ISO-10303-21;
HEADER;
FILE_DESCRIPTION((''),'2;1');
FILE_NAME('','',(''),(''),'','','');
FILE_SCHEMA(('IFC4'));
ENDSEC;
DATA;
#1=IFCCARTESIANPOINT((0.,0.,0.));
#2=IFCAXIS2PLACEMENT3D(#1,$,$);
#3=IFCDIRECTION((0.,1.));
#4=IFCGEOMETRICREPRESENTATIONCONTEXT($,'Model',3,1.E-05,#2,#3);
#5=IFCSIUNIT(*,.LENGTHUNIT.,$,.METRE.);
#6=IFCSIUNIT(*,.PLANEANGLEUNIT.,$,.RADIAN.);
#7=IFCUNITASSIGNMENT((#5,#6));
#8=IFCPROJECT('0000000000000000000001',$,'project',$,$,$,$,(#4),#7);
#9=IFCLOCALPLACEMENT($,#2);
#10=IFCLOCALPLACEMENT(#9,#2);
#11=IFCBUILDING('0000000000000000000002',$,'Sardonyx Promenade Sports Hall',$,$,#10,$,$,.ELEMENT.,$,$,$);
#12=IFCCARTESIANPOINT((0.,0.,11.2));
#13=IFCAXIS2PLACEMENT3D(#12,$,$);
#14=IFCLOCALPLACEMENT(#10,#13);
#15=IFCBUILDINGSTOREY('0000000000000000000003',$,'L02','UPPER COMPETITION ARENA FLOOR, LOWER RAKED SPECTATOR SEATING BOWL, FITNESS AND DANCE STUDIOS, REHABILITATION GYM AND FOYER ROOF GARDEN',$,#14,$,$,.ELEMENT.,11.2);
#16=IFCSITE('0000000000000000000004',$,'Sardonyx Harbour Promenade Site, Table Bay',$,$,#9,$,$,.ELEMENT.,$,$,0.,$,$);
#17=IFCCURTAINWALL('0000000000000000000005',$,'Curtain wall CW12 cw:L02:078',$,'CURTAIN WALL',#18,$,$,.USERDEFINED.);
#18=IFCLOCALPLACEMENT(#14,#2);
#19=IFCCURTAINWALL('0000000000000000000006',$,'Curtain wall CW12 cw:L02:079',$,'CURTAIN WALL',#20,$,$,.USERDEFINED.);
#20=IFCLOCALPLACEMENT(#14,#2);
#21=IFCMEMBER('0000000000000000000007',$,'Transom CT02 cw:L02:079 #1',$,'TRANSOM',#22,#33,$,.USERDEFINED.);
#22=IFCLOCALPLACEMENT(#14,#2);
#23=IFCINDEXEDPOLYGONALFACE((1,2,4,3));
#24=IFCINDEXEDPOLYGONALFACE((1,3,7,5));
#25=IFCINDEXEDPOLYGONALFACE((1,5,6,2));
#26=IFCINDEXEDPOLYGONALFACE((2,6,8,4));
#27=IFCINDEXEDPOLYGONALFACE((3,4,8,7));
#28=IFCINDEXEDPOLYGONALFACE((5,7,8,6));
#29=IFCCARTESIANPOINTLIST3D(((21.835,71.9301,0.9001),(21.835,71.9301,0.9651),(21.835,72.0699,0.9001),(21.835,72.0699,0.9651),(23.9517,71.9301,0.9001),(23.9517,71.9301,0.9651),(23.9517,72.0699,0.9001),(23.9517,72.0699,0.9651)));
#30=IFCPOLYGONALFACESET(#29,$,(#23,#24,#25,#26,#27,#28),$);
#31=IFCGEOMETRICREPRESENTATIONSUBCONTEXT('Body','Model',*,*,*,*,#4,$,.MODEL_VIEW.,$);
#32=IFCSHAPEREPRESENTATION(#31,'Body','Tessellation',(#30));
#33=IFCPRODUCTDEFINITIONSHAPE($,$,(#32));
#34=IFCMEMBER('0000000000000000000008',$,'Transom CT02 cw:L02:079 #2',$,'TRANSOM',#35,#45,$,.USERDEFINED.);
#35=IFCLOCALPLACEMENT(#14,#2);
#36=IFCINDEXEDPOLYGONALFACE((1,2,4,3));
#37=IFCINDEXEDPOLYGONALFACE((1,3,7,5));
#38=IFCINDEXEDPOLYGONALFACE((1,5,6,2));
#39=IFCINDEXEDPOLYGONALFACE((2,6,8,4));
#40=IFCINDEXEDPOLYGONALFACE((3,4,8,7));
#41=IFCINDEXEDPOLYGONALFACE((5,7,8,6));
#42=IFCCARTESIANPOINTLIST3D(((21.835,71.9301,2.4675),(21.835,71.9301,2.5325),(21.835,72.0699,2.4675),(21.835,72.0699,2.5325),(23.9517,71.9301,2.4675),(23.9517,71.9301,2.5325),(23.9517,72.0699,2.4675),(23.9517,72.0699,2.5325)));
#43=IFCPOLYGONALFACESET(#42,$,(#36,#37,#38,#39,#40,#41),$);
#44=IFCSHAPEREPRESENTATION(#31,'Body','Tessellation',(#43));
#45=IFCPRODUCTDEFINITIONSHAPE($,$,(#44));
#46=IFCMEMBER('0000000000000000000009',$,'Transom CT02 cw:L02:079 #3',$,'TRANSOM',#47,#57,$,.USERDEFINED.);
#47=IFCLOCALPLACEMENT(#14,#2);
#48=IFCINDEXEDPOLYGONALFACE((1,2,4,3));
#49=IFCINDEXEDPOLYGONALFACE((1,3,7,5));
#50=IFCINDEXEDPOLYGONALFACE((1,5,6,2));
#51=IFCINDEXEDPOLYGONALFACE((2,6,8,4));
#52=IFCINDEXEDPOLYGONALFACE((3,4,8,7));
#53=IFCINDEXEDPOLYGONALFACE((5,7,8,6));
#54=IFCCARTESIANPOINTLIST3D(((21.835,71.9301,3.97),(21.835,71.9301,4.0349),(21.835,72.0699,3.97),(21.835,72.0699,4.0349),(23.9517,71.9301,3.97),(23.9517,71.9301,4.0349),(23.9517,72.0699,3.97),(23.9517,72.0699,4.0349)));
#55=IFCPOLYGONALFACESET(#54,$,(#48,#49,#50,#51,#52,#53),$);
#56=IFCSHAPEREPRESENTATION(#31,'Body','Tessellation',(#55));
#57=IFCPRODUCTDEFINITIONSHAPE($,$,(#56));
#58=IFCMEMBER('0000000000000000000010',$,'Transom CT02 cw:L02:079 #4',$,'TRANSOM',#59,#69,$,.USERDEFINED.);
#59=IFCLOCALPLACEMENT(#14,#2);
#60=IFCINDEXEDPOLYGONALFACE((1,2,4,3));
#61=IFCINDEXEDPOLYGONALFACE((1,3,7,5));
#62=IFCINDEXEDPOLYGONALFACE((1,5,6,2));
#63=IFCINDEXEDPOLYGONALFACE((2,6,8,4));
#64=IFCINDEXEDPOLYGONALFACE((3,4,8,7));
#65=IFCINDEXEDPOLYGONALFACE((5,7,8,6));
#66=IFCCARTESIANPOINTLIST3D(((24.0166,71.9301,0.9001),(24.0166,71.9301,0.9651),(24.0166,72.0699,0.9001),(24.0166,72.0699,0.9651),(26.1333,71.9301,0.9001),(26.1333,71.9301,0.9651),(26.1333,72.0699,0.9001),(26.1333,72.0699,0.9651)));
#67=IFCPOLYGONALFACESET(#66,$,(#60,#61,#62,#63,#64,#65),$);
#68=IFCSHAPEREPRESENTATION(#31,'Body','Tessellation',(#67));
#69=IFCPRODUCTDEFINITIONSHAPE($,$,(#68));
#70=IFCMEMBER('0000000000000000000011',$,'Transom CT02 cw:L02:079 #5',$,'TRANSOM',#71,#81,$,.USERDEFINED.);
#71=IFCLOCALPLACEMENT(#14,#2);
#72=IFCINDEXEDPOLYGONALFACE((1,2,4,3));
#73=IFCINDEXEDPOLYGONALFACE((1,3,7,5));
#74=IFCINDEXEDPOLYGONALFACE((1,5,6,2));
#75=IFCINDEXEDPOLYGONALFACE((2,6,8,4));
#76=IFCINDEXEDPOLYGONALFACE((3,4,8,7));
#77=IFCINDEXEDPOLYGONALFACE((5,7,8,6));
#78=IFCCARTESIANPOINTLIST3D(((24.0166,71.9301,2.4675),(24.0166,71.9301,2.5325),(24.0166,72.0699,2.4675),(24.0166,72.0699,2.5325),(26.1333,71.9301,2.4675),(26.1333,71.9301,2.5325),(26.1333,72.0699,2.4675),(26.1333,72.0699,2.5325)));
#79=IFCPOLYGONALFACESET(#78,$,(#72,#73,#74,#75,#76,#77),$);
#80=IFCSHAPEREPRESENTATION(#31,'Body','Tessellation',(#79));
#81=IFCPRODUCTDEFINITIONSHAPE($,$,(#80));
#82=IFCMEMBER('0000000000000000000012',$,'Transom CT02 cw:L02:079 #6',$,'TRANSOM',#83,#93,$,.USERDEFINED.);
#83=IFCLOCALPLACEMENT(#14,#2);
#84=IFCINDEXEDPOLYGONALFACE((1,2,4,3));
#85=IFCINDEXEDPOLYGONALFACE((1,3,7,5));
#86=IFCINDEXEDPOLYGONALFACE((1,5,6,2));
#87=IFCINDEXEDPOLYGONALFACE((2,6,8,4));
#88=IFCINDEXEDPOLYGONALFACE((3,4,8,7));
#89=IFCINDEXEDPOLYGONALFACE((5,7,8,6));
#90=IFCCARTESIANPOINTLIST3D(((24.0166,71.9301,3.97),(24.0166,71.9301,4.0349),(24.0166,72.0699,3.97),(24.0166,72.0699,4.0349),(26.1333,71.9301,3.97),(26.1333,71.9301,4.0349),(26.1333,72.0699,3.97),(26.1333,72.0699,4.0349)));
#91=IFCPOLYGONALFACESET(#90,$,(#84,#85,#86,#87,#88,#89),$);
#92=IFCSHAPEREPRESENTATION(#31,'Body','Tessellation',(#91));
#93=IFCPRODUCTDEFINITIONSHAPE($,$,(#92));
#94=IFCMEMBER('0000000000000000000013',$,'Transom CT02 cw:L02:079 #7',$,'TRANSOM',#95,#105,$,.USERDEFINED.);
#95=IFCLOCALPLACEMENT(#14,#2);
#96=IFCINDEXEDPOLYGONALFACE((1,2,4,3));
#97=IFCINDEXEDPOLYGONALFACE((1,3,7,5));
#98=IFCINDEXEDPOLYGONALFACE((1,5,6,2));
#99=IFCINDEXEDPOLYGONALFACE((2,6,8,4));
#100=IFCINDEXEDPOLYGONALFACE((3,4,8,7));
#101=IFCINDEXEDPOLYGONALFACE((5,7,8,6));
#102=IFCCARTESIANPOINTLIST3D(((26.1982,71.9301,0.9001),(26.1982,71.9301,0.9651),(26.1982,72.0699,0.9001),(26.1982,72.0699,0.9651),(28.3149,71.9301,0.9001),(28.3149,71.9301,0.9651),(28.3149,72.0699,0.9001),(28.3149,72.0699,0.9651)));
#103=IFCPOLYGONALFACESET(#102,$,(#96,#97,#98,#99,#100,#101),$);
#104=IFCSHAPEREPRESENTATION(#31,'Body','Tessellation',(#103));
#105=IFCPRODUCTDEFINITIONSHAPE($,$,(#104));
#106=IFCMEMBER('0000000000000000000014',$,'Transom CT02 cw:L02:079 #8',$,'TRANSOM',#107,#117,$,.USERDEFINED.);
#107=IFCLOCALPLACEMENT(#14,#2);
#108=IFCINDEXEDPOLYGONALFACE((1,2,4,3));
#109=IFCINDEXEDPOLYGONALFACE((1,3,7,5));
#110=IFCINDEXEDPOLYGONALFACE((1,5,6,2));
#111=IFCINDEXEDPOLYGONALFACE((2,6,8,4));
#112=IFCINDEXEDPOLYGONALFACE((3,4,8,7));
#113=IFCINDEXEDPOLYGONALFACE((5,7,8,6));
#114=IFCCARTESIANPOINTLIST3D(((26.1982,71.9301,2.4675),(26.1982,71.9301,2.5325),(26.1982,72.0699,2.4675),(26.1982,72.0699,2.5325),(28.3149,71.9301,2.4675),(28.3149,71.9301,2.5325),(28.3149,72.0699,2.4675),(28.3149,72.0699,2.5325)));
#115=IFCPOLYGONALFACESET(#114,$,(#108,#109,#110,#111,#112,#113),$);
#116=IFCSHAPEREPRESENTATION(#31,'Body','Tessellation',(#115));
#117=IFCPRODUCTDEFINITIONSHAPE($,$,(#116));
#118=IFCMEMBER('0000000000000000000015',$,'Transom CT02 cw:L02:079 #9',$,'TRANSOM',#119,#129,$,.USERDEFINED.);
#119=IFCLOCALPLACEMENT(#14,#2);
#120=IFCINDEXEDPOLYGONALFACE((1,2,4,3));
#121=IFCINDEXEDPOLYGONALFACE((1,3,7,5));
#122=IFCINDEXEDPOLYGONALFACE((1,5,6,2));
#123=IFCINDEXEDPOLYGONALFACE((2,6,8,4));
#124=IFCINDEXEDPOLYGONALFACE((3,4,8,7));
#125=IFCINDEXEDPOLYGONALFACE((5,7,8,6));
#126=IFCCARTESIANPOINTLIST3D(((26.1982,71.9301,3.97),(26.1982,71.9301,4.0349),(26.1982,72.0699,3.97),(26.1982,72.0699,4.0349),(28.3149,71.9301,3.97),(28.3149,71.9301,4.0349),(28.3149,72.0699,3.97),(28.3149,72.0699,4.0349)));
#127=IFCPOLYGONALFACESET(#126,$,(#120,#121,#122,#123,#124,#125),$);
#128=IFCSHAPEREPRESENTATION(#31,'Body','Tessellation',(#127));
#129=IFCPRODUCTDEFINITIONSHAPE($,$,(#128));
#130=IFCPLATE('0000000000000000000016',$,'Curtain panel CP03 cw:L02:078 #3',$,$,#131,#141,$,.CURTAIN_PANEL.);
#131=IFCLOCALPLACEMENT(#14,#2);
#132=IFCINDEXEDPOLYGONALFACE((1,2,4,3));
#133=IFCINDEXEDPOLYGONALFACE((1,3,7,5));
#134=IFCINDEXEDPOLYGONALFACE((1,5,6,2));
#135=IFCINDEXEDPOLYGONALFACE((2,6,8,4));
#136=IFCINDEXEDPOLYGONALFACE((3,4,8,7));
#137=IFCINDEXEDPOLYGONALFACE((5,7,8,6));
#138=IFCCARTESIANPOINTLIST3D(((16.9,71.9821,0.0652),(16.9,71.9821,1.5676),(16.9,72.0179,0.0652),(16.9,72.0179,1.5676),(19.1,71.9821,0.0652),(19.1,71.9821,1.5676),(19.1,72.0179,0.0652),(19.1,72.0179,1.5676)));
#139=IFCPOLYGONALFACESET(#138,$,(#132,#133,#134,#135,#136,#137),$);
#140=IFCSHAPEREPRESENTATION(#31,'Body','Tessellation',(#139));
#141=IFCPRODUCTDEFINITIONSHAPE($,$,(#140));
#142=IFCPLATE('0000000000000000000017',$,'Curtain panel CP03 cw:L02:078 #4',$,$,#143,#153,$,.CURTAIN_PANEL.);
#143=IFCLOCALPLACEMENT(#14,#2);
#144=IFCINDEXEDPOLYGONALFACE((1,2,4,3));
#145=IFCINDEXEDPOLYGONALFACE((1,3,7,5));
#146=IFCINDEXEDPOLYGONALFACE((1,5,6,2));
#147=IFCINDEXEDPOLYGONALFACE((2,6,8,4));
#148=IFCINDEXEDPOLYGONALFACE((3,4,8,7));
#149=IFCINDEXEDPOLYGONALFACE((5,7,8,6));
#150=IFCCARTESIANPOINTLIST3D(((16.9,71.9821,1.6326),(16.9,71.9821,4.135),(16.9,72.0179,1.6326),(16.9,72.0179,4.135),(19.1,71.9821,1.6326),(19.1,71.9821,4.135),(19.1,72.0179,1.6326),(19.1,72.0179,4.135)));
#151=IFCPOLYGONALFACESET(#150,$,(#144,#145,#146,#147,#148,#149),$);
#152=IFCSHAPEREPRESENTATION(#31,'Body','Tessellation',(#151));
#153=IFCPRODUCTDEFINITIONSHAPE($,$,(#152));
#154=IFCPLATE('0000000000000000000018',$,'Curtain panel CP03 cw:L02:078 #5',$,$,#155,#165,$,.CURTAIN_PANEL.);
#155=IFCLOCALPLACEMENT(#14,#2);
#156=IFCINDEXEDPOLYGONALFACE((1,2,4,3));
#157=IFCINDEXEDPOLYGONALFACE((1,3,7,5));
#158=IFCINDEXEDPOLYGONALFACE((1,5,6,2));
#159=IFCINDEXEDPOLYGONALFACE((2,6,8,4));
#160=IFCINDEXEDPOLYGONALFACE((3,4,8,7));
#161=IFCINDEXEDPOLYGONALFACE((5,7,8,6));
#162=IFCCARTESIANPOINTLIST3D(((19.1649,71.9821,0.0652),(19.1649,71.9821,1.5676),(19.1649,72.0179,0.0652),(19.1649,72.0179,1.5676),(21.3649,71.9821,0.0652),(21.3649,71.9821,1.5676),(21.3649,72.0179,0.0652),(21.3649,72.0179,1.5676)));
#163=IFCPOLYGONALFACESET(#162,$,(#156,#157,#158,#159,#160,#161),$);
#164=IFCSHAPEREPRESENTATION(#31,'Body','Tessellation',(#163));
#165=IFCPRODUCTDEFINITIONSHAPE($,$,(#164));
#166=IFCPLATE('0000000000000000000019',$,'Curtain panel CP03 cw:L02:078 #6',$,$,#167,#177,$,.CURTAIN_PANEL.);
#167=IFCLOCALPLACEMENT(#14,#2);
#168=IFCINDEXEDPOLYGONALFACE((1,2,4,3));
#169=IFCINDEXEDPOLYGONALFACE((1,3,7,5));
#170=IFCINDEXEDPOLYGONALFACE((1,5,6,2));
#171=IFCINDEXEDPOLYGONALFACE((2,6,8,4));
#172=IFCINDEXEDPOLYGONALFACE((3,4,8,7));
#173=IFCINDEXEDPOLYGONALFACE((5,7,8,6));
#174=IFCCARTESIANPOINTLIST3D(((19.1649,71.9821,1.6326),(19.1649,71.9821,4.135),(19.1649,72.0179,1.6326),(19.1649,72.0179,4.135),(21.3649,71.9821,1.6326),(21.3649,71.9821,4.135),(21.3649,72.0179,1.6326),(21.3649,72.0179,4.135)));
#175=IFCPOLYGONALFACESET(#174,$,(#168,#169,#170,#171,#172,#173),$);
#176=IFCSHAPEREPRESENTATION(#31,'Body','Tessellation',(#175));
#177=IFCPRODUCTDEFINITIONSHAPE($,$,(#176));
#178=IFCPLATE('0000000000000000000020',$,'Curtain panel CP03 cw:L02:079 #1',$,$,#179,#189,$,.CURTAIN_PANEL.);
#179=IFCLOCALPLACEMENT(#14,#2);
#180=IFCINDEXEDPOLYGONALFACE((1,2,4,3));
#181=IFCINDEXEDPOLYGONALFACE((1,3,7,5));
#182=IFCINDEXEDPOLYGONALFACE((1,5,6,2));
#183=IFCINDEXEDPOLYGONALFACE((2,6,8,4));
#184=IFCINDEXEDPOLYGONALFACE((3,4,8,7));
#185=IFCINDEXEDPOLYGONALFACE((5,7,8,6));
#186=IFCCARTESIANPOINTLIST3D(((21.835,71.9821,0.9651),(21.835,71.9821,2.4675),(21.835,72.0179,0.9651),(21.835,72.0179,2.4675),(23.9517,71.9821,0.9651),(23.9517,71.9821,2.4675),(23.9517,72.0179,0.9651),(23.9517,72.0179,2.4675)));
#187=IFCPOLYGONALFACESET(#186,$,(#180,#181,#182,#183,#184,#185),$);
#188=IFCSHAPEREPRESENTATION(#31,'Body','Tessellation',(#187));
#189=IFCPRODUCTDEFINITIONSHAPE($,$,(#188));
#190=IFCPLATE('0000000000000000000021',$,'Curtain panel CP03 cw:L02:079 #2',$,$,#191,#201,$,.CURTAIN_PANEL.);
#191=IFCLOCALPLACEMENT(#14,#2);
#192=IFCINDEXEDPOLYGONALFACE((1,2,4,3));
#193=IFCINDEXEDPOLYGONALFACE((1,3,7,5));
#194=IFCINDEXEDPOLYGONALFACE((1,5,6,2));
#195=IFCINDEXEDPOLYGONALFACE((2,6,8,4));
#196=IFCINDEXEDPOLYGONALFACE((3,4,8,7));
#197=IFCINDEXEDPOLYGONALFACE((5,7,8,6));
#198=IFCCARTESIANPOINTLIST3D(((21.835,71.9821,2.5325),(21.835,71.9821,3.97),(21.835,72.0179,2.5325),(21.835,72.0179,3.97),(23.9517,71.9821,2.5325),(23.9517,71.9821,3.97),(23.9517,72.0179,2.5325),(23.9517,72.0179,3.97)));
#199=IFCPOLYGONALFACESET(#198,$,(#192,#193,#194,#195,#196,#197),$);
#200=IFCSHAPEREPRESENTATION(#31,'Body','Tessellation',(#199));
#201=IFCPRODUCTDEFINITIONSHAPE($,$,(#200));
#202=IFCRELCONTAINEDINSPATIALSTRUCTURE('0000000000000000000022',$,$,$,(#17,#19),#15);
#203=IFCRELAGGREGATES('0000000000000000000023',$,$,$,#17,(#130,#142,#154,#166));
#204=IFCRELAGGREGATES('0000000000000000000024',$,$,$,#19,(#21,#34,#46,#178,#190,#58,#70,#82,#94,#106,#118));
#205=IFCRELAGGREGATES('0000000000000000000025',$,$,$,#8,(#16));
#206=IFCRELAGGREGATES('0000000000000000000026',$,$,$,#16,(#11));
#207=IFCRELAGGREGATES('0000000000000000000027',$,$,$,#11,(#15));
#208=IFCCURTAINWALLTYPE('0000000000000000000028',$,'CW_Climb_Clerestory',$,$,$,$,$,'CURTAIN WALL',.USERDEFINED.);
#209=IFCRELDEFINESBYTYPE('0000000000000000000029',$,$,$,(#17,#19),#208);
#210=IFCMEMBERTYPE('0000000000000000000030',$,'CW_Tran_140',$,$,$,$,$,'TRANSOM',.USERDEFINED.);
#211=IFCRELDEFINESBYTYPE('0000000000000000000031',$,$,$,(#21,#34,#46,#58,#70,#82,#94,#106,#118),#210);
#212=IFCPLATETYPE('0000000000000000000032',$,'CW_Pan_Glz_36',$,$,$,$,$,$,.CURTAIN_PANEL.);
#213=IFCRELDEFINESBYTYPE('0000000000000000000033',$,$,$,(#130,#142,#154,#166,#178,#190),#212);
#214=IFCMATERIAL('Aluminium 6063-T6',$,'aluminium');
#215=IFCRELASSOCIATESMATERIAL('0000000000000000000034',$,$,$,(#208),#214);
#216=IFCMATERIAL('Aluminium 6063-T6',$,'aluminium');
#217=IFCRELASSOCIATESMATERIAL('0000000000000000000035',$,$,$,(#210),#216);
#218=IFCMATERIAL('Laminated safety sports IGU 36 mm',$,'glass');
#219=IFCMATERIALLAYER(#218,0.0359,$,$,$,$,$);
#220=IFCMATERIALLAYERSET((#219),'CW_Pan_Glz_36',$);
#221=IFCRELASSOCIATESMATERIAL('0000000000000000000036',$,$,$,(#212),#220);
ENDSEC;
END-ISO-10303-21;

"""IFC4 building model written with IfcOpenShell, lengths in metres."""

from ifc_helpers import new_model, si_unit, direction, frame, origin, origin_2d, place, context, subcontext, project, spatial, rectangle, extrude, material, layer, layer_set, material_profile, profile_set, type_object, element, aggregate, save


model = new_model("IFC4")

# Units and contexts
model_context = context("Model", 3, precision=1e-05, world=origin(), true_north=direction((0.0, 1.0)))
body_context = subcontext(model_context, "Body", "Model", "MODEL_VIEW")
ifc_project = project(units=[si_unit("LENGTHUNIT", "METRE"), si_unit("PLANEANGLEUNIT", "RADIAN")], contexts=[model_context])

# Site, building, storey
site_placement = place(None, origin())
site = spatial("IfcSite", under=ifc_project, at=site_placement, Name="Sardonyx Harbour Promenade Site, Table Bay", CompositionType="ELEMENT", RefElevation=0.0)
building_placement = place(site_placement, origin())
building = spatial("IfcBuilding", under=site, at=building_placement, Name="Sardonyx Promenade Sports Hall", CompositionType="ELEMENT")
storey_placement = place(building_placement, frame((0.0, 0.0, 11.2)))
storey = spatial("IfcBuildingStorey", under=building, at=storey_placement, Name="L02", Description="UPPER COMPETITION ARENA FLOOR, LOWER RAKED SPECTATOR SEATING BOWL, FITNESS AND DANCE STUDIOS, REHABILITATION GYM AND FOYER ROOF GARDEN", CompositionType="ELEMENT", Elevation=11.2)

# Curtain walls
ifc_material_1 = material(Name="Aluminium 6063-T6", Category="aluminium")
curtain_wall_type = type_object("IfcCurtainWallType", Name="CW_Climb_Clerestory", ElementType="CURTAIN WALL", PredefinedType="USERDEFINED", material=ifc_material_1)
curtain_wall_1_placement = place(storey_placement, origin())
curtain_wall_1 = element("IfcCurtainWall", 1, at=curtain_wall_1_placement, inside=storey, type_object=curtain_wall_type, Name="Curtain wall CW12 cw:L02:078", ObjectType="CURTAIN WALL", PredefinedType="USERDEFINED")
curtain_wall_2_placement = place(storey_placement, origin())
curtain_wall_2 = element("IfcCurtainWall", 2, at=curtain_wall_2_placement, inside=storey, type_object=curtain_wall_type, Name="Curtain wall CW12 cw:L02:079", ObjectType="CURTAIN WALL", PredefinedType="USERDEFINED")

# Members
ifc_material_2 = material(Name="Aluminium 6063-T6", Category="aluminium")
ifc_material_profile_1 = material_profile(ifc_material_2, rectangle(XDim=0.0649, YDim=0.1399, at=origin_2d()))
ifc_profile_set_1 = profile_set([ifc_material_profile_1], Name="Aluminium 6063-T6")
member_type_1 = type_object("IfcMemberType", Name="CW_Tran_140", ElementType="TRANSOM", PredefinedType="USERDEFINED", material=ifc_profile_set_1)
member_1_placement = place(storey_placement, frame((21.835, 72.0, 0.9326), z_axis=(1.0, 0.0, 0.0), x_axis=(0.0, 0.0, 1.0)))
member_1 = element("IfcMember", 3, at=member_1_placement, type_object=member_type_1, Name="Transom CT02 cw:L02:079 #1", ObjectType="TRANSOM", PredefinedType="USERDEFINED", context=body_context, shape_type="SweptSolid", body=[
    extrude(rectangle(XDim=0.0649, YDim=0.1399, at=origin_2d()), origin(), (0.0, 0.0, 1.0), 2.1167),
])
member_2_placement = place(storey_placement, frame((21.835, 72.0, 2.5), z_axis=(1.0, 0.0, 0.0), x_axis=(0.0, 0.0, 1.0)))
member_2 = element("IfcMember", 4, at=member_2_placement, type_object=member_type_1, Name="Transom CT02 cw:L02:079 #2", ObjectType="TRANSOM", PredefinedType="USERDEFINED", context=body_context, shape_type="SweptSolid", body=[
    extrude(rectangle(XDim=0.0649, YDim=0.1399, at=origin_2d()), origin(), (0.0, 0.0, 1.0), 2.1167),
])
member_3_placement = place(storey_placement, frame((21.835, 72.0, 4.0024), z_axis=(1.0, 0.0, 0.0), x_axis=(0.0, 0.0, 1.0)))
member_3 = element("IfcMember", 5, at=member_3_placement, type_object=member_type_1, Name="Transom CT02 cw:L02:079 #3", ObjectType="TRANSOM", PredefinedType="USERDEFINED", context=body_context, shape_type="SweptSolid", body=[
    extrude(rectangle(XDim=0.0649, YDim=0.1399, at=origin_2d()), origin(), (0.0, 0.0, 1.0), 2.1167),
])
member_4_placement = place(storey_placement, frame((24.0166, 72.0, 0.9326), z_axis=(1.0, 0.0, 0.0), x_axis=(0.0, 0.0, 1.0)))
member_4 = element("IfcMember", 6, at=member_4_placement, type_object=member_type_1, Name="Transom CT02 cw:L02:079 #4", ObjectType="TRANSOM", PredefinedType="USERDEFINED", context=body_context, shape_type="SweptSolid", body=[
    extrude(rectangle(XDim=0.0649, YDim=0.1399, at=origin_2d()), origin(), (0.0, 0.0, 1.0), 2.1167),
])
member_5_placement = place(storey_placement, frame((24.0166, 72.0, 2.5), z_axis=(1.0, 0.0, 0.0), x_axis=(0.0, 0.0, 1.0)))
member_5 = element("IfcMember", 7, at=member_5_placement, type_object=member_type_1, Name="Transom CT02 cw:L02:079 #5", ObjectType="TRANSOM", PredefinedType="USERDEFINED", context=body_context, shape_type="SweptSolid", body=[
    extrude(rectangle(XDim=0.0649, YDim=0.1399, at=origin_2d()), origin(), (0.0, 0.0, 1.0), 2.1167),
])
member_6_placement = place(storey_placement, frame((24.0166, 72.0, 4.0024), z_axis=(1.0, 0.0, 0.0), x_axis=(0.0, 0.0, 1.0)))
member_6 = element("IfcMember", 8, at=member_6_placement, type_object=member_type_1, Name="Transom CT02 cw:L02:079 #6", ObjectType="TRANSOM", PredefinedType="USERDEFINED", context=body_context, shape_type="SweptSolid", body=[
    extrude(rectangle(XDim=0.0649, YDim=0.1399, at=origin_2d()), origin(), (0.0, 0.0, 1.0), 2.1167),
])
member_7_placement = place(storey_placement, frame((26.1982, 72.0, 0.9326), z_axis=(1.0, 0.0, 0.0), x_axis=(0.0, 0.0, 1.0)))
member_7 = element("IfcMember", 9, at=member_7_placement, type_object=member_type_1, Name="Transom CT02 cw:L02:079 #7", ObjectType="TRANSOM", PredefinedType="USERDEFINED", context=body_context, shape_type="SweptSolid", body=[
    extrude(rectangle(XDim=0.0649, YDim=0.1399, at=origin_2d()), origin(), (0.0, 0.0, 1.0), 2.1167),
])
member_8_placement = place(storey_placement, frame((26.1982, 72.0, 2.5), z_axis=(1.0, 0.0, 0.0), x_axis=(0.0, 0.0, 1.0)))
member_8 = element("IfcMember", 10, at=member_8_placement, type_object=member_type_1, Name="Transom CT02 cw:L02:079 #8", ObjectType="TRANSOM", PredefinedType="USERDEFINED", context=body_context, shape_type="SweptSolid", body=[
    extrude(rectangle(XDim=0.0649, YDim=0.1399, at=origin_2d()), origin(), (0.0, 0.0, 1.0), 2.1167),
])
member_9_placement = place(storey_placement, frame((26.1982, 72.0, 4.0024), z_axis=(1.0, 0.0, 0.0), x_axis=(0.0, 0.0, 1.0)))
member_9 = element("IfcMember", 11, at=member_9_placement, type_object=member_type_1, Name="Transom CT02 cw:L02:079 #9", ObjectType="TRANSOM", PredefinedType="USERDEFINED", context=body_context, shape_type="SweptSolid", body=[
    extrude(rectangle(XDim=0.0649, YDim=0.1399, at=origin_2d()), origin(), (0.0, 0.0, 1.0), 2.1167),
])

# Plates
ifc_material_3 = material(Name="Laminated safety sports IGU 36 mm", Category="glass")
ifc_layer_1 = layer(ifc_material_3, 0.0359)
ifc_layer_set_1 = layer_set([ifc_layer_1], Name="CW_Pan_Glz_36")
plate_type = type_object("IfcPlateType", Name="CW_Pan_Glz_36", PredefinedType="CURTAIN_PANEL", material=ifc_layer_set_1)
plate_1_placement = place(storey_placement, frame((18.0, 72.0, 0.0652), z_axis=(0.0, 0.0, 1.0), x_axis=(1.0, 0.0, 0.0)))
plate_1 = element("IfcPlate", 12, at=plate_1_placement, type_object=plate_type, Name="Curtain panel CP03 cw:L02:078 #3", PredefinedType="CURTAIN_PANEL", context=body_context, shape_type="SweptSolid", body=[
    extrude(rectangle(XDim=2.2, YDim=0.0359, at=origin_2d()), origin(), (0.0, 0.0, 1.0), 1.5024),
])
plate_2_placement = place(storey_placement, frame((18.0, 72.0, 1.6326), z_axis=(0.0, 0.0, 1.0), x_axis=(1.0, 0.0, 0.0)))
plate_2 = element("IfcPlate", 13, at=plate_2_placement, type_object=plate_type, Name="Curtain panel CP03 cw:L02:078 #4", PredefinedType="CURTAIN_PANEL", context=body_context, shape_type="SweptSolid", body=[
    extrude(rectangle(XDim=2.2, YDim=0.0359, at=origin_2d()), origin(), (0.0, 0.0, 1.0), 2.5024),
])
plate_3_placement = place(storey_placement, frame((20.2649, 72.0, 0.0652), z_axis=(0.0, 0.0, 1.0), x_axis=(1.0, 0.0, 0.0)))
plate_3 = element("IfcPlate", 14, at=plate_3_placement, type_object=plate_type, Name="Curtain panel CP03 cw:L02:078 #5", PredefinedType="CURTAIN_PANEL", context=body_context, shape_type="SweptSolid", body=[
    extrude(rectangle(XDim=2.2, YDim=0.0359, at=origin_2d()), origin(), (0.0, 0.0, 1.0), 1.5024),
])
plate_4_placement = place(storey_placement, frame((20.2649, 72.0, 1.6326), z_axis=(0.0, 0.0, 1.0), x_axis=(1.0, 0.0, 0.0)))
plate_4 = element("IfcPlate", 15, at=plate_4_placement, type_object=plate_type, Name="Curtain panel CP03 cw:L02:078 #6", PredefinedType="CURTAIN_PANEL", context=body_context, shape_type="SweptSolid", body=[
    extrude(rectangle(XDim=2.2, YDim=0.0359, at=origin_2d()), origin(), (0.0, 0.0, 1.0), 2.5024),
])
aggregate(curtain_wall_1, [plate_1, plate_2, plate_3, plate_4])
plate_5_placement = place(storey_placement, frame((22.8933, 72.0, 0.9651), z_axis=(0.0, 0.0, 1.0), x_axis=(1.0, 0.0, 0.0)))
plate_5 = element("IfcPlate", 16, at=plate_5_placement, type_object=plate_type, Name="Curtain panel CP03 cw:L02:079 #1", PredefinedType="CURTAIN_PANEL", context=body_context, shape_type="SweptSolid", body=[
    extrude(rectangle(XDim=2.1167, YDim=0.0359, at=origin_2d()), origin(), (0.0, 0.0, 1.0), 1.5024),
])
plate_6_placement = place(storey_placement, frame((22.8933, 72.0, 2.5325), z_axis=(0.0, 0.0, 1.0), x_axis=(1.0, 0.0, 0.0)))
plate_6 = element("IfcPlate", 17, at=plate_6_placement, type_object=plate_type, Name="Curtain panel CP03 cw:L02:079 #2", PredefinedType="CURTAIN_PANEL", context=body_context, shape_type="SweptSolid", body=[
    extrude(rectangle(XDim=2.1167, YDim=0.0359, at=origin_2d()), origin(), (0.0, 0.0, 1.0), 1.4375),
])
aggregate(curtain_wall_2, [member_1, member_2, member_3, plate_5, plate_6, member_4, member_5, member_6, member_7, member_8, member_9])

save(model, "model.ifc")
